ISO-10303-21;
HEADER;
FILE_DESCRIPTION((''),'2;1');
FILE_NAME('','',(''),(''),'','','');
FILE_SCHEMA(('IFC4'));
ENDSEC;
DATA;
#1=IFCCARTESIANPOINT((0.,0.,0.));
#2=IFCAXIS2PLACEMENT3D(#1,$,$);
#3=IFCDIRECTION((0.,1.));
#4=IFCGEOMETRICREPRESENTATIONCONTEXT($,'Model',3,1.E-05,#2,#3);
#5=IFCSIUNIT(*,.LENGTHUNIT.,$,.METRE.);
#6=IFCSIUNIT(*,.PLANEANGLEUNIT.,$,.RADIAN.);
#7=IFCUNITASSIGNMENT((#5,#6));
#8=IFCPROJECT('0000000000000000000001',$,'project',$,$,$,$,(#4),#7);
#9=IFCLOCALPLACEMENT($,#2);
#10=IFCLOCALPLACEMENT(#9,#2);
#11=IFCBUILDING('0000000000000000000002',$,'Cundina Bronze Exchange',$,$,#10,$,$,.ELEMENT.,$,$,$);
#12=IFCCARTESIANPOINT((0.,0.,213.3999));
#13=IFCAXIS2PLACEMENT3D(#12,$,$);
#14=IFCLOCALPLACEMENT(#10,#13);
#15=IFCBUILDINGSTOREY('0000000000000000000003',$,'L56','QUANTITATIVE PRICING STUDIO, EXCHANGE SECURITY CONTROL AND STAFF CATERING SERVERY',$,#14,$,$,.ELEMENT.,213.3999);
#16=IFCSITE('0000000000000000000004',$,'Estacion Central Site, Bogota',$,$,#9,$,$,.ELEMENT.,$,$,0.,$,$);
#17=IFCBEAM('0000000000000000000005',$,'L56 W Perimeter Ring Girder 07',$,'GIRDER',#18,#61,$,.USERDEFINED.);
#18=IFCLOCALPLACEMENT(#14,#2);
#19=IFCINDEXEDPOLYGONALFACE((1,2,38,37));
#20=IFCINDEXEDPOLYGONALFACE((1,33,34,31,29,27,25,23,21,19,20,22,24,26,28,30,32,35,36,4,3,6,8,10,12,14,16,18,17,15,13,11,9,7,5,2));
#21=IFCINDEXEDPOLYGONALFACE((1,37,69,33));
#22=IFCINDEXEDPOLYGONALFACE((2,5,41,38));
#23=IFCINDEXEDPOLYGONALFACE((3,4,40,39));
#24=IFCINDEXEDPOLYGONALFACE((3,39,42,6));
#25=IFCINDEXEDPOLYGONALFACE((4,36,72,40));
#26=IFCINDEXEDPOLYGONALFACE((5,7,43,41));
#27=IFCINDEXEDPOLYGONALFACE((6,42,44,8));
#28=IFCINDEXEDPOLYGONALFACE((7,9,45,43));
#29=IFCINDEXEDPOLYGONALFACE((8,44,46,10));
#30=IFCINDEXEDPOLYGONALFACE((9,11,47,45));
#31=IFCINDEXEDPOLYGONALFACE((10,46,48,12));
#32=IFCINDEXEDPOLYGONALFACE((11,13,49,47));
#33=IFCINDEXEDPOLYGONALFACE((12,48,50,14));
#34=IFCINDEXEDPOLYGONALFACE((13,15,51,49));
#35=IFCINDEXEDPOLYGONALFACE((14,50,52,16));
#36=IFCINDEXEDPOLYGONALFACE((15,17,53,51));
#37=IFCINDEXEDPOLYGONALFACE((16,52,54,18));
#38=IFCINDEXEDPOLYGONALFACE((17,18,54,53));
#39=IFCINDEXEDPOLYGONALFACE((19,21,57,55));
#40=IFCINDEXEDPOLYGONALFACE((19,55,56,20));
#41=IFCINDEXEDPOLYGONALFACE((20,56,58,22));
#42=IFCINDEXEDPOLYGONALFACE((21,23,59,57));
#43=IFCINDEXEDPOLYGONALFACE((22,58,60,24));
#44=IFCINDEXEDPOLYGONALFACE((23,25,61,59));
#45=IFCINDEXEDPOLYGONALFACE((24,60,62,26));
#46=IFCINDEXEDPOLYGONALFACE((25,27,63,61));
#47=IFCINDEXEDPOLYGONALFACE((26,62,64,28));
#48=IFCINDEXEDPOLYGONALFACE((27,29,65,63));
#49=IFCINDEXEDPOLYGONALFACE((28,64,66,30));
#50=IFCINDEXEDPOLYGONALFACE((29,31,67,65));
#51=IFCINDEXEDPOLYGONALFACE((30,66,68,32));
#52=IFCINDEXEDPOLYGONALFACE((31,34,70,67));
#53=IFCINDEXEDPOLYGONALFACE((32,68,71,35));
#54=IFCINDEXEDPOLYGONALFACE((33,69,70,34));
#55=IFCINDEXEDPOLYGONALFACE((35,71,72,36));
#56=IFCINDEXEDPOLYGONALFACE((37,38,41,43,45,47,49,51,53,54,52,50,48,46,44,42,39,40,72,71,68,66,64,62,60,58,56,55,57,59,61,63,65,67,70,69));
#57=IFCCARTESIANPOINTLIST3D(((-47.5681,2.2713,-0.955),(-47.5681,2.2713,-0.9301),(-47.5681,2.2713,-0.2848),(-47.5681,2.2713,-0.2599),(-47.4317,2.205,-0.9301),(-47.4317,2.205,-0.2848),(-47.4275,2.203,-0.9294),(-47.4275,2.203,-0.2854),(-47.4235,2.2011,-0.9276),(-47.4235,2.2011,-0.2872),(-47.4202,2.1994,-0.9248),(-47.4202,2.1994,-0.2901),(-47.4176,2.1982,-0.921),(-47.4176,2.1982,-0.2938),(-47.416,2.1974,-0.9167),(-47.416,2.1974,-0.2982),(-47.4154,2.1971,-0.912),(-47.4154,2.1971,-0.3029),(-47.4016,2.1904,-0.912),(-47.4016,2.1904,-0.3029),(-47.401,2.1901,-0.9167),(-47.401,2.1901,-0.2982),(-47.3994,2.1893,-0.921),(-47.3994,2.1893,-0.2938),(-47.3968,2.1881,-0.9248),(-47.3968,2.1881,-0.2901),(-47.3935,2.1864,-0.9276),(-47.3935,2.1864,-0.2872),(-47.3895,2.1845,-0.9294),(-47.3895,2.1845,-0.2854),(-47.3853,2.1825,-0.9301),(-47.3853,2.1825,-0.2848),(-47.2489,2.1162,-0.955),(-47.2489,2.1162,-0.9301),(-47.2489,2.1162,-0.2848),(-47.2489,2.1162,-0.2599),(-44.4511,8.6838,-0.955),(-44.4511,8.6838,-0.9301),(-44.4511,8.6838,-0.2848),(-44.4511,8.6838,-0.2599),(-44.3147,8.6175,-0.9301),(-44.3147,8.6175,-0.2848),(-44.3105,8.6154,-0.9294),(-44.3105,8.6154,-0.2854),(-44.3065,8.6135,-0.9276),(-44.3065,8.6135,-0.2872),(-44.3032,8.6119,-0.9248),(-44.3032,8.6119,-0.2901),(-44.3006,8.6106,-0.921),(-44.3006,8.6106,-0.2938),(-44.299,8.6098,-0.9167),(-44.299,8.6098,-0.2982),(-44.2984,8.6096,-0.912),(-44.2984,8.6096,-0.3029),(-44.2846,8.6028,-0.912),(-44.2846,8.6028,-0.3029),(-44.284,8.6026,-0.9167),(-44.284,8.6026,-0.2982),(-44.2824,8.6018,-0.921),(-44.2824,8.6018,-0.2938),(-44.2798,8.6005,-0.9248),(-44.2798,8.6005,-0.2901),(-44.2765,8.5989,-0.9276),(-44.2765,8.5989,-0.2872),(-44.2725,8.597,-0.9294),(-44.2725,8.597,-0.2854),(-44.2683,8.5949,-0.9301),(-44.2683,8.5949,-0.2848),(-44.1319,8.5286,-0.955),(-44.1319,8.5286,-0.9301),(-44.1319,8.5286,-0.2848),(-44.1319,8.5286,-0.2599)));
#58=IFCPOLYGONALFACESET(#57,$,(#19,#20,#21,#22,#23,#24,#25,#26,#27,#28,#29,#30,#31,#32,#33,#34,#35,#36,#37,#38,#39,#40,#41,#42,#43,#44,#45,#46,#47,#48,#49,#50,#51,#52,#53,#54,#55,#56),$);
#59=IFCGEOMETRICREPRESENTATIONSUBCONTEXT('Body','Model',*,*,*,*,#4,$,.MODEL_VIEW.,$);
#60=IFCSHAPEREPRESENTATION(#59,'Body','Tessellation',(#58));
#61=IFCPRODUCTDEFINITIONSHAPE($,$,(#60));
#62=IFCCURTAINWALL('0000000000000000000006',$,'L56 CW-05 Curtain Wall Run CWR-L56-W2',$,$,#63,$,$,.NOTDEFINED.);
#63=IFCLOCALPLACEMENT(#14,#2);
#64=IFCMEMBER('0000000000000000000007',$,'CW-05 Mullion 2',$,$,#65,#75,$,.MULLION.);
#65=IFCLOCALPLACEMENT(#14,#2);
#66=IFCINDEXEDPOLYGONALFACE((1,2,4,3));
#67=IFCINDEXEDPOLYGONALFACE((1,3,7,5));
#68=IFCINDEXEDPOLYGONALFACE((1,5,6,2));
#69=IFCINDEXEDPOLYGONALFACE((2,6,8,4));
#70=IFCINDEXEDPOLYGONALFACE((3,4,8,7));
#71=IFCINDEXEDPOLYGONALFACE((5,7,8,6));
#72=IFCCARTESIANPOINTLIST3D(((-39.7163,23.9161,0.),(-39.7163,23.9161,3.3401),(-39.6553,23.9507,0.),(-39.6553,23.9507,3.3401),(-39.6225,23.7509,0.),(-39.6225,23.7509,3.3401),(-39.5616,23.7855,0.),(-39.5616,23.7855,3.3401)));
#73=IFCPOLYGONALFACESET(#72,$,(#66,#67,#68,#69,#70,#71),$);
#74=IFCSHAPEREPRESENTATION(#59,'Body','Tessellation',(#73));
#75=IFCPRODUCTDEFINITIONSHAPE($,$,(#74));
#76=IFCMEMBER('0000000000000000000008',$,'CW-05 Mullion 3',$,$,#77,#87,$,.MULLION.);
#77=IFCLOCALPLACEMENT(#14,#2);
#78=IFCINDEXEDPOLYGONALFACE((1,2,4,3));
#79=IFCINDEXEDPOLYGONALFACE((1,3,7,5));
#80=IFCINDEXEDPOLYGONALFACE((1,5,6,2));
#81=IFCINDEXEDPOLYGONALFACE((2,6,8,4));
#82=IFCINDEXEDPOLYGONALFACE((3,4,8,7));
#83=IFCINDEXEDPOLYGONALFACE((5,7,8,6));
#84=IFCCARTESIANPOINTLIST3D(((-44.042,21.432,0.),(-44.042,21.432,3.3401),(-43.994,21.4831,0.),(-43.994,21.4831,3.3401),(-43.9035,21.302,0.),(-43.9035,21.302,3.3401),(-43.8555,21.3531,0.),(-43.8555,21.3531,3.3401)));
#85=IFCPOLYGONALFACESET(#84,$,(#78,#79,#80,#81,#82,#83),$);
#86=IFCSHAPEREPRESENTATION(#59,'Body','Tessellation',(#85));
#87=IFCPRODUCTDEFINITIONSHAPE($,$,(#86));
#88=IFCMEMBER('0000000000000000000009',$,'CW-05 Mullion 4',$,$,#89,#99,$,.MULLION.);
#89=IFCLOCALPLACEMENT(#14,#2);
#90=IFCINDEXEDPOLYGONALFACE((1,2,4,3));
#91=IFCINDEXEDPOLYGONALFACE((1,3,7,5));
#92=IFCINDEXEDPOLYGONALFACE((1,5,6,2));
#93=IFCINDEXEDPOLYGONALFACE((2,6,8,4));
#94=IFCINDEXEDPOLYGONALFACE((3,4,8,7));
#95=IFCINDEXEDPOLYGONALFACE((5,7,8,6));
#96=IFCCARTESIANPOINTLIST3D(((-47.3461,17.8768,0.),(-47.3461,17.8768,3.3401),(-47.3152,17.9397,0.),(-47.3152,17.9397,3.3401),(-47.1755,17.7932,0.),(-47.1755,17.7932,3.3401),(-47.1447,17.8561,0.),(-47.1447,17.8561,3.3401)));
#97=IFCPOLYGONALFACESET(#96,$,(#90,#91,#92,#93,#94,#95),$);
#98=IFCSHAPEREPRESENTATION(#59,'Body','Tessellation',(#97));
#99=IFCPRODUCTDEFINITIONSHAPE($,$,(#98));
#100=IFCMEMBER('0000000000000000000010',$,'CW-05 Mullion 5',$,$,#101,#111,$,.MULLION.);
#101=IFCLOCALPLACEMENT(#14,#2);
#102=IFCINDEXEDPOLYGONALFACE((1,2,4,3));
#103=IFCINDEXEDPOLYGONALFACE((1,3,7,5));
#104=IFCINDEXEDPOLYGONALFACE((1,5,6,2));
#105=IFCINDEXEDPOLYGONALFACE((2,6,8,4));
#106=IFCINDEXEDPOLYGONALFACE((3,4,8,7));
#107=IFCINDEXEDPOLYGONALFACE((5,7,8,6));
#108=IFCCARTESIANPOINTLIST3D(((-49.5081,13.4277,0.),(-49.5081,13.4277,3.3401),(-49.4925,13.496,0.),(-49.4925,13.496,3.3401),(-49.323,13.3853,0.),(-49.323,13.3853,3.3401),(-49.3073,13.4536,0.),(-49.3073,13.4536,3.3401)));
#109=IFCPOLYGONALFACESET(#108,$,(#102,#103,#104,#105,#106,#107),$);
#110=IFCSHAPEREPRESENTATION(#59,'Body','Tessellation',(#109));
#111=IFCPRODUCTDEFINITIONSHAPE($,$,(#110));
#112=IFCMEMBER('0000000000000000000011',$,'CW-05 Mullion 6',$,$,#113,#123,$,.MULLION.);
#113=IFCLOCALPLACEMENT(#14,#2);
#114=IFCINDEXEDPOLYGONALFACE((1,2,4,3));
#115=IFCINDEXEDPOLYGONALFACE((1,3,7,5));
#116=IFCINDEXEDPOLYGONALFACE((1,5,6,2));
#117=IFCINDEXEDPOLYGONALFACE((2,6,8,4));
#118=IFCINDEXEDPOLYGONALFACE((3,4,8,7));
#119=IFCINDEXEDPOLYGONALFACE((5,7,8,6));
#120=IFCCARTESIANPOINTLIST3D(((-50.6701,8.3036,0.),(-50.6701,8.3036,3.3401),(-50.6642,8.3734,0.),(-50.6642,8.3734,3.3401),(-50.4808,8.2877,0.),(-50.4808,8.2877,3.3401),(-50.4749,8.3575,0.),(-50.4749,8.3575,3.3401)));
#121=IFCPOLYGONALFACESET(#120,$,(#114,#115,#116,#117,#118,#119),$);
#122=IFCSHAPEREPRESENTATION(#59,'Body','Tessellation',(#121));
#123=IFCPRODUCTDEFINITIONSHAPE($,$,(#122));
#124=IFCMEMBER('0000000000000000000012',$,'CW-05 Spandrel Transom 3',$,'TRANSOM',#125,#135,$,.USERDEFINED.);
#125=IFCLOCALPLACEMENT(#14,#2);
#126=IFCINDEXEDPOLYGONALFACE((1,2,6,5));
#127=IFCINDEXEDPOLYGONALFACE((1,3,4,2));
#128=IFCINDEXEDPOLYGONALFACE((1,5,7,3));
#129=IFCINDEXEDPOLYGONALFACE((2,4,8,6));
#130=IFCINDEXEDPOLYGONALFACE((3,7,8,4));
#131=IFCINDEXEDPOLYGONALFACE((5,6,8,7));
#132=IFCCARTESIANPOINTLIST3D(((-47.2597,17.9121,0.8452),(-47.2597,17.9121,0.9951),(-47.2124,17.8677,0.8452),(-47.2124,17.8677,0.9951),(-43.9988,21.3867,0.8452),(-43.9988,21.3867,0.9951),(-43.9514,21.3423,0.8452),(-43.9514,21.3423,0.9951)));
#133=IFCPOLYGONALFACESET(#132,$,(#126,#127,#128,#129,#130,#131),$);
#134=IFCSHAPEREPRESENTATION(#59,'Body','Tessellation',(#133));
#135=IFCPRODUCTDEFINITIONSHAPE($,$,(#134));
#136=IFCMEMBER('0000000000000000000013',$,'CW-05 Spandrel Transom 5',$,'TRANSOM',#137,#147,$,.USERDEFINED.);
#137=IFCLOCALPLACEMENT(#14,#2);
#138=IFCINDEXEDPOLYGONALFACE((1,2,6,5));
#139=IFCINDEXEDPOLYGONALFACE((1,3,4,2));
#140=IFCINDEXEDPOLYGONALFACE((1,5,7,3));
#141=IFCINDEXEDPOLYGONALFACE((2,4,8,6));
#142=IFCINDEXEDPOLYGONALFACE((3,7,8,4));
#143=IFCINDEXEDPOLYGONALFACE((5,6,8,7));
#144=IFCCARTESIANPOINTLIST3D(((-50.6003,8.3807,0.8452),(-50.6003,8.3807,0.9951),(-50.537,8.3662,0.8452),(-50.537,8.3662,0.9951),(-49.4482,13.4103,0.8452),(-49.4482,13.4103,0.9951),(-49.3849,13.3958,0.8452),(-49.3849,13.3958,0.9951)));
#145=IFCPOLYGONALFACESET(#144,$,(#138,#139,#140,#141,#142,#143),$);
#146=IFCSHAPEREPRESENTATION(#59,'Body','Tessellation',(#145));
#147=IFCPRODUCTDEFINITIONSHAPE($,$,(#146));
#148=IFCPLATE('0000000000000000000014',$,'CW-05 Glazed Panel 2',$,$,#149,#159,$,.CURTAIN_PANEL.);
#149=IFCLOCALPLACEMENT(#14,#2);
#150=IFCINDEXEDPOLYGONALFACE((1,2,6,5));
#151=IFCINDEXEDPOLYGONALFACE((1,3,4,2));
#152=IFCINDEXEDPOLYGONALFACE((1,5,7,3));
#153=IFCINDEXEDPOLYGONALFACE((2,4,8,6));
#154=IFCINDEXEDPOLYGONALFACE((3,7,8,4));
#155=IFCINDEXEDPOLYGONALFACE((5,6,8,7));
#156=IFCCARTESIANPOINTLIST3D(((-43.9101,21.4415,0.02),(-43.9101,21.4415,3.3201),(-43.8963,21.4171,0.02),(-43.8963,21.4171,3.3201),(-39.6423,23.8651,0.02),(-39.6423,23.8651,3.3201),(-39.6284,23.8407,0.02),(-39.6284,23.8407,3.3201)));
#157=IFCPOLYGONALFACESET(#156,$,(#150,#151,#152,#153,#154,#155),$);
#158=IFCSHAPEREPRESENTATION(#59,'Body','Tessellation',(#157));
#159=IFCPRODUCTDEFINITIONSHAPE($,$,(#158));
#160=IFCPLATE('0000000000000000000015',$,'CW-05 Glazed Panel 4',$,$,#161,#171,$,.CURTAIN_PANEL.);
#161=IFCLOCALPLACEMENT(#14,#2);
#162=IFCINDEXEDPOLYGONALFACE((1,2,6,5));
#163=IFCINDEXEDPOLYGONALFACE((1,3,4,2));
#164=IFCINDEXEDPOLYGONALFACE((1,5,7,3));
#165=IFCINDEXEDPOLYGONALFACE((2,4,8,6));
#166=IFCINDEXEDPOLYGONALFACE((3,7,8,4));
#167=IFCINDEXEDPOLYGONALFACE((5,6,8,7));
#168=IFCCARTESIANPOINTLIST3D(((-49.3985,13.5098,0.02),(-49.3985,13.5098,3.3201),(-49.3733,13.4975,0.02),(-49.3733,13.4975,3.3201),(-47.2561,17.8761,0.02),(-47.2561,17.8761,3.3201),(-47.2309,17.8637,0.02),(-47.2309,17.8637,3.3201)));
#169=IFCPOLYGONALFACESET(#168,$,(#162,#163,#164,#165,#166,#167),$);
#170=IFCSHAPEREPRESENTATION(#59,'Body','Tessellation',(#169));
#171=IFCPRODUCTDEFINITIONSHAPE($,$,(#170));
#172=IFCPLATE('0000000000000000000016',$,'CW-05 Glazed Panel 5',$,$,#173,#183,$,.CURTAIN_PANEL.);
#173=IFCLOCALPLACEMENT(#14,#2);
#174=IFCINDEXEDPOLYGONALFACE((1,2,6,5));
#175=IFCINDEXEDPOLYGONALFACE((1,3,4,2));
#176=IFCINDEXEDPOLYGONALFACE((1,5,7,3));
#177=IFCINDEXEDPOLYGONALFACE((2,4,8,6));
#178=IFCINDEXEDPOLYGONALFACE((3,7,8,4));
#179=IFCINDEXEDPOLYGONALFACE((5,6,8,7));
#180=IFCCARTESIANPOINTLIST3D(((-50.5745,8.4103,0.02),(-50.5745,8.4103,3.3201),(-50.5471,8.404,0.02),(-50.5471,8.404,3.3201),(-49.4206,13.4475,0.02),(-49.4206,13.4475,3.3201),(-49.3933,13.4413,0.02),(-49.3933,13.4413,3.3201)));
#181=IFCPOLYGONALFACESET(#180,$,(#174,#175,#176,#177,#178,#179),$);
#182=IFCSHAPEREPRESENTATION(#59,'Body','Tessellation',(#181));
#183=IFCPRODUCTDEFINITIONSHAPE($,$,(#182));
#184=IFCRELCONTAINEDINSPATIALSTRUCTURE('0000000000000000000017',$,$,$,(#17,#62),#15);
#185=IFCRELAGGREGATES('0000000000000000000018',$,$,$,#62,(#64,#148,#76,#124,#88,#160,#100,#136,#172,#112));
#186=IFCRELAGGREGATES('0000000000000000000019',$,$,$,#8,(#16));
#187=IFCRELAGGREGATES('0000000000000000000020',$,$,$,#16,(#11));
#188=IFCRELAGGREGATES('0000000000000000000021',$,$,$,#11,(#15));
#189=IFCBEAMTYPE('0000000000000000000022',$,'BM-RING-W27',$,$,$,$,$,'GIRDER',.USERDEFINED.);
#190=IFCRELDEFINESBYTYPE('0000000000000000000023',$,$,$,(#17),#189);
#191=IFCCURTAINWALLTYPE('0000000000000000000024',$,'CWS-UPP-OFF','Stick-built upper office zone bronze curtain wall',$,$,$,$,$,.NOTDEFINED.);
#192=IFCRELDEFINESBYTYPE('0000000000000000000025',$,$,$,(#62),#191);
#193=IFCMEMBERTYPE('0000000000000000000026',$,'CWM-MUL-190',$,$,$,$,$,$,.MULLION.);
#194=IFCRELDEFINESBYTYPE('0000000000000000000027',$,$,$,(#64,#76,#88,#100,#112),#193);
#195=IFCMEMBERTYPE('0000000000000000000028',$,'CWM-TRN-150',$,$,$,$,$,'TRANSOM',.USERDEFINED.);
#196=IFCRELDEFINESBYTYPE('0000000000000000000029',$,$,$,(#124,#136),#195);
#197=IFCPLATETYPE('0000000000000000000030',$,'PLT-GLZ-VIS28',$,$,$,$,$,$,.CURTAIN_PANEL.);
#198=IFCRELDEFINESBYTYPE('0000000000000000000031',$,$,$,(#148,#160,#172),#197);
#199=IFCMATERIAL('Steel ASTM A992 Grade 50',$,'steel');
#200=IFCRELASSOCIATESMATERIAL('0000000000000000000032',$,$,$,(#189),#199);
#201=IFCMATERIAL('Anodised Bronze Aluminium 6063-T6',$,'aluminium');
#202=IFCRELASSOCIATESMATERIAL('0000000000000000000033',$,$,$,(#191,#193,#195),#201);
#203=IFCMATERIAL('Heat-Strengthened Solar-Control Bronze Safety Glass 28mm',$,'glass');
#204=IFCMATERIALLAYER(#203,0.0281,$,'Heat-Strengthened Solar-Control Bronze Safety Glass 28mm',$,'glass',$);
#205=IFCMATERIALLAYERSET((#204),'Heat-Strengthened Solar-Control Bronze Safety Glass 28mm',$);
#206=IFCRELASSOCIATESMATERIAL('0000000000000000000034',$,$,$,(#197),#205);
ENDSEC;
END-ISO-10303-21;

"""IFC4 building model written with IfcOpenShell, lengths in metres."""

from ifc_helpers import new_model, si_unit, direction, frame, origin, origin_2d, place, context, subcontext, project, spatial, rectangle, i_section, extrude, material, layer, layer_set, material_profile, profile_set, type_object, element, aggregate, save


model = new_model("IFC4")

# Units and contexts
model_context = context("Model", 3, precision=1e-05, world=origin(), true_north=direction((0.0, 1.0)))
body_context = subcontext(model_context, "Body", "Model", "MODEL_VIEW")
ifc_project = project(units=[si_unit("LENGTHUNIT", "METRE"), si_unit("PLANEANGLEUNIT", "RADIAN")], contexts=[model_context])

# Site, building, storey
site_placement = place(None, origin())
site = spatial("IfcSite", under=ifc_project, at=site_placement, Name="Estacion Central Site, Bogota", CompositionType="ELEMENT", RefElevation=0.0)
building_placement = place(site_placement, origin())
building = spatial("IfcBuilding", under=site, at=building_placement, Name="Cundina Bronze Exchange", CompositionType="ELEMENT")
storey_placement = place(building_placement, frame((0.0, 0.0, 213.3999)))
storey = spatial("IfcBuildingStorey", under=building, at=storey_placement, Name="L56", Description="QUANTITATIVE PRICING STUDIO, EXCHANGE SECURITY CONTROL AND STAFF CATERING SERVERY", CompositionType="ELEMENT", Elevation=213.3999)

# Beam
ifc_material_1 = material(Name="Steel ASTM A992 Grade 50", Category="steel")
ifc_material_profile_1 = material_profile(ifc_material_1, i_section(OverallWidth=0.355, OverallDepth=0.6951, WebThickness=0.0154, FlangeThickness=0.0249, FilletRadius=0.0181, at=origin_2d()), Name="W27X146", Category="steel")
ifc_profile_set_1 = profile_set([ifc_material_profile_1], Name="Steel ASTM A992 Grade 50")
beam_type_1 = type_object("IfcBeamType", Name="BM-RING-W27", ElementType="GIRDER", PredefinedType="USERDEFINED", material=ifc_profile_set_1)
for number, where, z_axis, x_axis, name in (
    (1, (-44.2915, 8.6062, -0.6074), (-0.437173, -0.899377, 0.0), (0.899377, -0.437173, 0.0), "L56 W Perimeter Ring Girder 07"),
):
    element("IfcBeam", number, at=place(storey_placement, frame(where, z_axis=z_axis, x_axis=x_axis)), inside=storey, type_object=beam_type_1, Name=name, ObjectType="GIRDER", PredefinedType="USERDEFINED", context=body_context, shape_type="SweptSolid", body=[
        extrude(i_section(OverallWidth=0.355, OverallDepth=0.6951, WebThickness=0.0154, FlangeThickness=0.0249, FilletRadius=0.0181, at=origin_2d()), origin(), (0.0, 0.0, 1.0), 7.1299),
    ])

# Curtain wall, members, plates
ifc_material_2 = material(Name="Anodised Bronze Aluminium 6063-T6", Category="aluminium")
curtain_wall_type = type_object("IfcCurtainWallType", Name="CWS-UPP-OFF", Description="Stick-built upper office zone bronze curtain wall", PredefinedType="NOTDEFINED", material=ifc_material_2)
curtain_wall_placement = place(storey_placement, origin())
curtain_wall = element("IfcCurtainWall", 2, at=curtain_wall_placement, inside=storey, type_object=curtain_wall_type, Name="L56 CW-05 Curtain Wall Run CWR-L56-W2", PredefinedType="NOTDEFINED")
ifc_material_profile_2 = material_profile(ifc_material_2, rectangle(XDim=0.0701, YDim=0.1899, at=origin_2d()), Name="AL70X190", Category="aluminium")
ifc_profile_set_2 = profile_set([ifc_material_profile_2], Name="Anodised Bronze Aluminium 6063-T6")
member_type_1 = type_object("IfcMemberType", Name="CWM-MUL-190", PredefinedType="MULLION", material=ifc_profile_set_2)
member_1_placement = place(storey_placement, frame((-39.6389, 23.8508, 0.0), z_axis=(0.0, 0.0, 1.0), x_axis=(-0.869581, -0.49379, 0.0)))
member_1 = element("IfcMember", 3, at=member_1_placement, type_object=member_type_1, Name="CW-05 Mullion 2", PredefinedType="MULLION", context=body_context, shape_type="SweptSolid", body=[
    extrude(rectangle(XDim=0.0701, YDim=0.1899, at=origin_2d()), origin(), (0.0, 0.0, 1.0), 3.3401),
])
member_2_placement = place(storey_placement, frame((-43.9487, 21.3926, 0.0), z_axis=(0.0, 0.0, 1.0), x_axis=(-0.684293, -0.729208, 0.0)))
member_2 = element("IfcMember", 4, at=member_2_placement, type_object=member_type_1, Name="CW-05 Mullion 3", PredefinedType="MULLION", context=body_context, shape_type="SweptSolid", body=[
    extrude(rectangle(XDim=0.0701, YDim=0.1899, at=origin_2d()), origin(), (0.0, 0.0, 1.0), 3.3401),
])
member_3_placement = place(storey_placement, frame((-47.2454, 17.8665, 0.0), z_axis=(0.0, 0.0, 1.0), x_axis=(-0.440566, -0.89772, 0.0)))
member_3 = element("IfcMember", 5, at=member_3_placement, type_object=member_type_1, Name="CW-05 Mullion 4", PredefinedType="MULLION", context=body_context, shape_type="SweptSolid", body=[
    extrude(rectangle(XDim=0.0701, YDim=0.1899, at=origin_2d()), origin(), (0.0, 0.0, 1.0), 3.3401),
])
member_4_placement = place(storey_placement, frame((-49.4077, 13.4407, 0.0), z_axis=(0.0, 0.0, 1.0), x_axis=(-0.22325, -0.974761, 0.0)))
member_4 = element("IfcMember", 6, at=member_4_placement, type_object=member_type_1, Name="CW-05 Mullion 5", PredefinedType="MULLION", context=body_context, shape_type="SweptSolid", body=[
    extrude(rectangle(XDim=0.0701, YDim=0.1899, at=origin_2d()), origin(), (0.0, 0.0, 1.0), 3.3401),
])
member_5_placement = place(storey_placement, frame((-50.5725, 8.3306, 0.0), z_axis=(0.0, 0.0, 1.0), x_axis=(-0.083678, -0.996493, 0.0)))
member_5 = element("IfcMember", 7, at=member_5_placement, type_object=member_type_1, Name="CW-05 Mullion 6", PredefinedType="MULLION", context=body_context, shape_type="SweptSolid", body=[
    extrude(rectangle(XDim=0.0701, YDim=0.1899, at=origin_2d()), origin(), (0.0, 0.0, 1.0), 3.3401),
])
ifc_material_profile_3 = material_profile(ifc_material_2, rectangle(XDim=0.0649, YDim=0.1499, at=origin_2d()), Name="AL65X150", Category="aluminium")
ifc_profile_set_3 = profile_set([ifc_material_profile_3], Name="Anodised Bronze Aluminium 6063-T6")
member_type_2 = type_object("IfcMemberType", Name="CWM-TRN-150", ElementType="TRANSOM", PredefinedType="USERDEFINED", material=ifc_profile_set_3)
member_6_placement = place(storey_placement, frame((-43.9751, 21.3645, 0.9202), z_axis=(-0.684336, -0.729166, 0.0), x_axis=(0.729166, -0.684336, 0.0)))
member_6 = element("IfcMember", 8, at=member_6_placement, type_object=member_type_2, Name="CW-05 Spandrel Transom 3", ObjectType="TRANSOM", PredefinedType="USERDEFINED", context=body_context, shape_type="SweptSolid", body=[
    extrude(rectangle(XDim=0.0649, YDim=0.1499, at=origin_2d()), origin(), (0.0, 0.0, 1.0), 4.7651),
])
member_7_placement = place(storey_placement, frame((-49.4165, 13.4031, 0.9202), z_axis=(-0.223283, -0.974754, 0.0), x_axis=(0.974754, -0.223283, 0.0)))
member_7 = element("IfcMember", 9, at=member_7_placement, type_object=member_type_2, Name="CW-05 Spandrel Transom 5", ObjectType="TRANSOM", PredefinedType="USERDEFINED", context=body_context, shape_type="SweptSolid", body=[
    extrude(rectangle(XDim=0.0649, YDim=0.1499, at=origin_2d()), origin(), (0.0, 0.0, 1.0), 5.1599),
])
ifc_material_3 = material(Name="Heat-Strengthened Solar-Control Bronze Safety Glass 28mm", Category="glass")
ifc_layer_1 = layer(ifc_material_3, 0.0281, Name="Heat-Strengthened Solar-Control Bronze Safety Glass 28mm", Category="glass")
ifc_layer_set_1 = layer_set([ifc_layer_1], Name="Heat-Strengthened Solar-Control Bronze Safety Glass 28mm")
plate_type_1 = type_object("IfcPlateType", Name="PLT-GLZ-VIS28", PredefinedType="CURTAIN_PANEL", material=ifc_layer_set_1)
plate_1_placement = place(storey_placement, frame((-41.7693, 22.6411, 0.02), z_axis=(0.0, 0.0, 1.0), x_axis=(-0.869573, -0.493805, 0.0)))
plate_1 = element("IfcPlate", 10, at=plate_1_placement, type_object=plate_type_1, Name="CW-05 Glazed Panel 2", PredefinedType="CURTAIN_PANEL", context=body_context, shape_type="SweptSolid", body=[
    extrude(rectangle(XDim=4.908, YDim=0.0281, at=origin_2d()), origin(), (0.0, 0.0, 1.0), 3.3),
])
plate_2_placement = place(storey_placement, frame((-48.3147, 15.6868, 0.02), z_axis=(0.0, 0.0, 1.0), x_axis=(-0.440503, -0.897751, 0.0)))
plate_2 = element("IfcPlate", 11, at=plate_2_placement, type_object=plate_type_1, Name="CW-05 Glazed Panel 4", PredefinedType="CURTAIN_PANEL", context=body_context, shape_type="SweptSolid", body=[
    extrude(rectangle(XDim=4.8635, YDim=0.0281, at=origin_2d()), origin(), (0.0, 0.0, 1.0), 3.3),
])
plate_3_placement = place(storey_placement, frame((-49.9839, 10.9258, 0.02), z_axis=(0.0, 0.0, 1.0), x_axis=(-0.223284, -0.974753, 0.0)))
plate_3 = element("IfcPlate", 12, at=plate_3_placement, type_object=plate_type_1, Name="CW-05 Glazed Panel 5", PredefinedType="CURTAIN_PANEL", context=body_context, shape_type="SweptSolid", body=[
    extrude(rectangle(XDim=5.1677, YDim=0.0281, at=origin_2d()), origin(), (0.0, 0.0, 1.0), 3.3),
])
aggregate(curtain_wall, [member_1, plate_1, member_2, member_6, member_3, plate_2, member_4, member_7, plate_3, member_5])

save(model, "model.ifc")
